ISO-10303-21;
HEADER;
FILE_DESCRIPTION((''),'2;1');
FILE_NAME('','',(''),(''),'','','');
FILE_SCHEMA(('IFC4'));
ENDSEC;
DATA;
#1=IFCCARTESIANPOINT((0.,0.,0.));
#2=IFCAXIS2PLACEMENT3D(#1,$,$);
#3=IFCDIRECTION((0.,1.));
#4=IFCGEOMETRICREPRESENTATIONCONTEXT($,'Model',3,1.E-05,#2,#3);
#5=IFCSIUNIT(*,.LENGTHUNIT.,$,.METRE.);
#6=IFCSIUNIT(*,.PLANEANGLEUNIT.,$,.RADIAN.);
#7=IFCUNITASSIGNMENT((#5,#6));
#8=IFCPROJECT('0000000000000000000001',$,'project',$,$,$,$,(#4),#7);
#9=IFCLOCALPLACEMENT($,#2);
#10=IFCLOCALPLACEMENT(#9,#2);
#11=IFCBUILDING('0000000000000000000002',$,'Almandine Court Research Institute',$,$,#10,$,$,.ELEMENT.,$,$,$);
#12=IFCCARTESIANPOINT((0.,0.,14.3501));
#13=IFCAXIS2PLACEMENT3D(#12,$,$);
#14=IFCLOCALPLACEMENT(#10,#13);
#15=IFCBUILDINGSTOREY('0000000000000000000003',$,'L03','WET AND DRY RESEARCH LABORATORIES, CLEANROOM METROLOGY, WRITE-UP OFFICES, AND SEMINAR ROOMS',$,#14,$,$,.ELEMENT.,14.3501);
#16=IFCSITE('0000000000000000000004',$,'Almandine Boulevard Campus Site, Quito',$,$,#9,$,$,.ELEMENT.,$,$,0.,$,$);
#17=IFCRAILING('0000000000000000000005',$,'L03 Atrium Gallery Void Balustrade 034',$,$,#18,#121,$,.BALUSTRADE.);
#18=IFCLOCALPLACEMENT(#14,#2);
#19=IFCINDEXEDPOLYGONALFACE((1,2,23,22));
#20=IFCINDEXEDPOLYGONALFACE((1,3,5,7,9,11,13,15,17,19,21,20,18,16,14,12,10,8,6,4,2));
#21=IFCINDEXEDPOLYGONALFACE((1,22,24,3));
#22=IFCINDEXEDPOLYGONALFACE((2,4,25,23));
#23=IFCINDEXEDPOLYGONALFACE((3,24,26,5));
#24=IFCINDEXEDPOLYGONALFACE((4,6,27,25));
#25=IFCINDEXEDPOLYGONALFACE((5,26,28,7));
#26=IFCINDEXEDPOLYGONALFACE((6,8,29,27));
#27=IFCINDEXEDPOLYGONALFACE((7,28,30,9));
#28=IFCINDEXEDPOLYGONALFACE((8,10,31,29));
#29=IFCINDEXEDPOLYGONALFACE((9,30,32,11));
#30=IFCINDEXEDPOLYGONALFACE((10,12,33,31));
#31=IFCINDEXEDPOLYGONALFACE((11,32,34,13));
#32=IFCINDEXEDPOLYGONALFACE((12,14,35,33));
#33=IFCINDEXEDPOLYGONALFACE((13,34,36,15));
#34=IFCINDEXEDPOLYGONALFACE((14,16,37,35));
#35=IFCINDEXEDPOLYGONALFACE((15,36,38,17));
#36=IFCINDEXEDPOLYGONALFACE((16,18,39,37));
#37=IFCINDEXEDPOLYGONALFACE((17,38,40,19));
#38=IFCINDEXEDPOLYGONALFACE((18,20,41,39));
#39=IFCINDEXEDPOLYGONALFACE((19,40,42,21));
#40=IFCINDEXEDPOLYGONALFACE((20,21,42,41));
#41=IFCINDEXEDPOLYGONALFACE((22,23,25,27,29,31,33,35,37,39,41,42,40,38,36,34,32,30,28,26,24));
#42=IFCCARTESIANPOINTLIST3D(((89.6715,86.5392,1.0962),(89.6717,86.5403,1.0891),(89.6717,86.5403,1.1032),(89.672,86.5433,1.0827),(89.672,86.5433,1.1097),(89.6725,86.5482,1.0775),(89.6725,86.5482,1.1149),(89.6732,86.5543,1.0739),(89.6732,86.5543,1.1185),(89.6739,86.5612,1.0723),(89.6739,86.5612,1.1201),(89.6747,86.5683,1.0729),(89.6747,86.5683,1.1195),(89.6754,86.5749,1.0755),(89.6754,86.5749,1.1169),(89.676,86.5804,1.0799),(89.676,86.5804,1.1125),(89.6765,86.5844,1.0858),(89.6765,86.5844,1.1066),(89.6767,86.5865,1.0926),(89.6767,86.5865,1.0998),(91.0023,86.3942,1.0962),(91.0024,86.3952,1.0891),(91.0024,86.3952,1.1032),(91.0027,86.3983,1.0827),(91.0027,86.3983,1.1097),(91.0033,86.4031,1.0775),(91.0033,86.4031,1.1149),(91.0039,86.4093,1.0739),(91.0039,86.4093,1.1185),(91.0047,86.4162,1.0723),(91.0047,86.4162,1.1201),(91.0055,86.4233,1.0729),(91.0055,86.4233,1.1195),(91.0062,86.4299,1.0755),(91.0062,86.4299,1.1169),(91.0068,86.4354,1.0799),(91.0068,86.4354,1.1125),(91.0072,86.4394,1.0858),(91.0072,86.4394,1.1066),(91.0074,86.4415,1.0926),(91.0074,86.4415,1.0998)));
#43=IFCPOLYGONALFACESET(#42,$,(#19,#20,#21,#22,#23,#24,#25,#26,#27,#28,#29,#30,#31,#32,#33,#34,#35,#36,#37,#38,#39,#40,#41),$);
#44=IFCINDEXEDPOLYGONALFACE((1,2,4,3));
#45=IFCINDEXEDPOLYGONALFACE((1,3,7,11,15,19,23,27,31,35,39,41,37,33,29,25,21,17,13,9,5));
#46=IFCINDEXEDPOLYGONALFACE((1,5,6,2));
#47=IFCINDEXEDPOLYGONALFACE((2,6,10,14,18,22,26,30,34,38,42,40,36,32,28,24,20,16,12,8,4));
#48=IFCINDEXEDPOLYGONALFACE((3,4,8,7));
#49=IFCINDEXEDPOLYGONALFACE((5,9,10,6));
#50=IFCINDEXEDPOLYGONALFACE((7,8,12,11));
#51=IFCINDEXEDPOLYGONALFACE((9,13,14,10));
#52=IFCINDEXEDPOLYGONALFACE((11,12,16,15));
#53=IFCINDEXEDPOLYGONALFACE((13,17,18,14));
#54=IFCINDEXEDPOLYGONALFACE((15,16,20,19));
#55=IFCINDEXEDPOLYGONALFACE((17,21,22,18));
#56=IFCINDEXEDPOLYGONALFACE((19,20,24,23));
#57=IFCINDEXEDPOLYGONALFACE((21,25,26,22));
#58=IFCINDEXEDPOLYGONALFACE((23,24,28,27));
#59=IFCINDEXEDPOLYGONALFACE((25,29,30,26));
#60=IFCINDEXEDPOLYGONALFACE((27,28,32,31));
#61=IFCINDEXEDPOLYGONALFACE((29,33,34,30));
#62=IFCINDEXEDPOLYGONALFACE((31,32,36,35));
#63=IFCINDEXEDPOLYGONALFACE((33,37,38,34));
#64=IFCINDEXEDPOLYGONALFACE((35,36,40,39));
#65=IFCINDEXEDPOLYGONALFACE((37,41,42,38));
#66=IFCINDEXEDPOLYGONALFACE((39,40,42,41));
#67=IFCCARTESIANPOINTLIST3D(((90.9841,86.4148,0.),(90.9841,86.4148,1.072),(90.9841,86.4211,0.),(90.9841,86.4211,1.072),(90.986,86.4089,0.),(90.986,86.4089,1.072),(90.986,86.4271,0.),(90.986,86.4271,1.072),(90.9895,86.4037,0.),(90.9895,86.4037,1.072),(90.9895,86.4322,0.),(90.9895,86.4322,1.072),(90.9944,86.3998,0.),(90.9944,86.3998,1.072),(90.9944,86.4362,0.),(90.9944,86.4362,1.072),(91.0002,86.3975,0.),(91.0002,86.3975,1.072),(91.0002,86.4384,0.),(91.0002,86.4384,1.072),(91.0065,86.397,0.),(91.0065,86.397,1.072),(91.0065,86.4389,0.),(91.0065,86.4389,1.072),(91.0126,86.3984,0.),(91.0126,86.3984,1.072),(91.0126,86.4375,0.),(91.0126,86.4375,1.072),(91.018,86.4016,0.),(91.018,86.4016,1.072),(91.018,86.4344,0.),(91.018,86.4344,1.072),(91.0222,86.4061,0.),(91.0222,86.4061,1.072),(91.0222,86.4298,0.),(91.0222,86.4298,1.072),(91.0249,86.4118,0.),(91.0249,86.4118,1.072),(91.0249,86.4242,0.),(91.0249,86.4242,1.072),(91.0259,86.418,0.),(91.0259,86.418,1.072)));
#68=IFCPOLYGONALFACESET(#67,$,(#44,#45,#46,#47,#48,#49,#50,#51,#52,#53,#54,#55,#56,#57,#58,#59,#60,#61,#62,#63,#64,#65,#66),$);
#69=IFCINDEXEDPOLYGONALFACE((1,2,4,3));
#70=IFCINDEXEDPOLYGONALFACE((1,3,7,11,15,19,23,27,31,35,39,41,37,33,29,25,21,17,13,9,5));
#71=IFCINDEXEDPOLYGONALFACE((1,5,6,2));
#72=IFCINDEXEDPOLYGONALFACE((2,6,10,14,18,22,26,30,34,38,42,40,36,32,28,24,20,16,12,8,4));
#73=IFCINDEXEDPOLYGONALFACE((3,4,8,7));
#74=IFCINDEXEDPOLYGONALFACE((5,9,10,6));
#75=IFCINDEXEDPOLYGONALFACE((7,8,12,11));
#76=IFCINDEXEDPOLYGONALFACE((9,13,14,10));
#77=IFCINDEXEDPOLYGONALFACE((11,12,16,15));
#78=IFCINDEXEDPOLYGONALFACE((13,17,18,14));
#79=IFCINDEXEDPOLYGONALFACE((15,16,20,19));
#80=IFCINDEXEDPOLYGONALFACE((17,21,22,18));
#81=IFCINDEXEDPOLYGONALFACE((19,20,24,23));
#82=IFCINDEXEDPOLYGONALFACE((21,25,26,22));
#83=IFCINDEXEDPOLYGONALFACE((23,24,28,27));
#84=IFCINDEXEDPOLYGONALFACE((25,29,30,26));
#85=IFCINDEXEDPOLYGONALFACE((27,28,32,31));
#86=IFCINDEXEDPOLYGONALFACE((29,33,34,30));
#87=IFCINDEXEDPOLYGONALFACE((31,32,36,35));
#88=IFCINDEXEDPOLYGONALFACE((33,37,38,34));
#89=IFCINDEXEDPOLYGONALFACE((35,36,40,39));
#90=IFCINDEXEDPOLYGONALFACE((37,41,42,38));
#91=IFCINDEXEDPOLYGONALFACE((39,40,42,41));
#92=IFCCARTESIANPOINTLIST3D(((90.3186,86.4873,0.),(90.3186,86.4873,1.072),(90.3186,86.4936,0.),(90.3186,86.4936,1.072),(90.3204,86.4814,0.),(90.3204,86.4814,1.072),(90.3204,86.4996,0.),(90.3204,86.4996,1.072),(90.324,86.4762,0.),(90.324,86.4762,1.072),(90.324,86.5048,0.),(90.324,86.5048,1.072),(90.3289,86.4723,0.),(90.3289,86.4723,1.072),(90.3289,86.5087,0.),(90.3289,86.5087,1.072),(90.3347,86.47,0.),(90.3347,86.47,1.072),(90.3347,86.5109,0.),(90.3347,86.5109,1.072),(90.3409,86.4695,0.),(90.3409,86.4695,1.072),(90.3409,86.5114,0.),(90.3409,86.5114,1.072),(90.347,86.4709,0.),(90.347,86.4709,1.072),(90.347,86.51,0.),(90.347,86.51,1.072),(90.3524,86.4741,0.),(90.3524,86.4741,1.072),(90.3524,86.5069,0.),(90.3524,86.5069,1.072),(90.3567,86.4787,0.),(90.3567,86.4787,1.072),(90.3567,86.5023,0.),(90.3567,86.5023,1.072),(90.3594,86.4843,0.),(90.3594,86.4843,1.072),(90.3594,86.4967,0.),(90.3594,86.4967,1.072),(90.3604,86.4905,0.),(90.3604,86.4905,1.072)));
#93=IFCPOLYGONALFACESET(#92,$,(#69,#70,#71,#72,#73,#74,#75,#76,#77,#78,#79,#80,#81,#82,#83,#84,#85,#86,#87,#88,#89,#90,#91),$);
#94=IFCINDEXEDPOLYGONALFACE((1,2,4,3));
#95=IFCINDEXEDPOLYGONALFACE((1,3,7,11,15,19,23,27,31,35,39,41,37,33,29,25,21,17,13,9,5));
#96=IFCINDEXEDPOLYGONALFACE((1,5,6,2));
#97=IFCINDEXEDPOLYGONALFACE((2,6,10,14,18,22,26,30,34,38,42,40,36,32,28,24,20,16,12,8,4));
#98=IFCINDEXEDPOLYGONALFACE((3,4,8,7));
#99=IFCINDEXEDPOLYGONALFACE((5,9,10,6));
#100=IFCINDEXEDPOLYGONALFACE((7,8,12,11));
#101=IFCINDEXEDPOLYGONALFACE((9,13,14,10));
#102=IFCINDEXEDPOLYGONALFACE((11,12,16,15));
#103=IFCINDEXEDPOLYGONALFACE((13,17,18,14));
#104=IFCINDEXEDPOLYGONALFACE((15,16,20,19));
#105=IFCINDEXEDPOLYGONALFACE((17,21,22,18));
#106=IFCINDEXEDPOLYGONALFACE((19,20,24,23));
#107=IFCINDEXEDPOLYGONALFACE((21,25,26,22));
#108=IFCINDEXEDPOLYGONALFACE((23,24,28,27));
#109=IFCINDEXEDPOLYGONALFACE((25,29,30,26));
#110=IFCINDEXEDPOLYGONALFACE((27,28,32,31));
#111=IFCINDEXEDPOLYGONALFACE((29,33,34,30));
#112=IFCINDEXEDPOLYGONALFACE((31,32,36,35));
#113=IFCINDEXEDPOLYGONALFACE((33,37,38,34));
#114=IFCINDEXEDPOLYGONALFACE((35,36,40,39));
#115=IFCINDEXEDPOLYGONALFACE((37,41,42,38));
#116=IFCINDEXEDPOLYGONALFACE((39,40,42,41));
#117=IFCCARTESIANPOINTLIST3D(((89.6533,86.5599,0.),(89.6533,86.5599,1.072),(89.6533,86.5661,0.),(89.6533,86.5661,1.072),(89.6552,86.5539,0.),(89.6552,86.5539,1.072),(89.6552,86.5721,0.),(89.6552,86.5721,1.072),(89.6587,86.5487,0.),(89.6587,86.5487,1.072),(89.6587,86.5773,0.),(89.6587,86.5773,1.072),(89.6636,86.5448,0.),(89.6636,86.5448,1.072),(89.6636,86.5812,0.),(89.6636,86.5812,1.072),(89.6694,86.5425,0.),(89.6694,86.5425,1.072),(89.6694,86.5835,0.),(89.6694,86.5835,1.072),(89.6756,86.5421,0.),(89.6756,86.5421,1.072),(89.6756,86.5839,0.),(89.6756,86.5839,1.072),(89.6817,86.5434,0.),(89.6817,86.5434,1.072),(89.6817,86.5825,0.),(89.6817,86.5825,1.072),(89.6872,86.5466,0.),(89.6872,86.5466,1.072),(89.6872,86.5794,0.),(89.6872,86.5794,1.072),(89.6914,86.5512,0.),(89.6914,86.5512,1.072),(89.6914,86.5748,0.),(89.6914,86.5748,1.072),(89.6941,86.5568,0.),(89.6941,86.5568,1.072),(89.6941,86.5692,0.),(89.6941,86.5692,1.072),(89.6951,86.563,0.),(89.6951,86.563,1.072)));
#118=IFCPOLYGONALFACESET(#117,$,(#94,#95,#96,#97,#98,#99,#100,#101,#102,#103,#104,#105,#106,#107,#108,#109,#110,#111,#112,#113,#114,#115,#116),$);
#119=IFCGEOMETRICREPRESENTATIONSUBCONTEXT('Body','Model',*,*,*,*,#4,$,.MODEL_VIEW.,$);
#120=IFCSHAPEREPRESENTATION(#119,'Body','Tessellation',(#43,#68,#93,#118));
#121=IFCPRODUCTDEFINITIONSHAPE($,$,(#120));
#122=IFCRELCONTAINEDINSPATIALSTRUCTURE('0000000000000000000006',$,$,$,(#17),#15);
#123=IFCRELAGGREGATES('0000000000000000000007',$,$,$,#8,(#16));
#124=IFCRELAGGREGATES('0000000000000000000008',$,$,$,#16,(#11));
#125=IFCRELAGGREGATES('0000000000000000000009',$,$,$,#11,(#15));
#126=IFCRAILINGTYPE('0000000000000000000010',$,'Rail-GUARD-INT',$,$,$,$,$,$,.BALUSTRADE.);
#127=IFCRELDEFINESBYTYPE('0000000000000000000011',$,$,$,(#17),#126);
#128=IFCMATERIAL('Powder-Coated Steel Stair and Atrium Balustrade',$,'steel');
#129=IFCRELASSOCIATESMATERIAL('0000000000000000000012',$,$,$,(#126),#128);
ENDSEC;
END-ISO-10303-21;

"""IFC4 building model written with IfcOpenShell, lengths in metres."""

from ifc_helpers import new_model, si_unit, direction, frame, origin, origin_2d, place, context, subcontext, project, spatial, circle, extrude, material, type_object, element, save


model = new_model("IFC4")

# Units and contexts
model_context = context("Model", 3, precision=1e-05, world=origin(), true_north=direction((0.0, 1.0)))
body_context = subcontext(model_context, "Body", "Model", "MODEL_VIEW")
ifc_project = project(units=[si_unit("LENGTHUNIT", "METRE"), si_unit("PLANEANGLEUNIT", "RADIAN")], contexts=[model_context])

# Site, building, storey
site_placement = place(None, origin())
site = spatial("IfcSite", under=ifc_project, at=site_placement, Name="Almandine Boulevard Campus Site, Quito", CompositionType="ELEMENT", RefElevation=0.0)
building_placement = place(site_placement, origin())
building = spatial("IfcBuilding", under=site, at=building_placement, Name="Almandine Court Research Institute", CompositionType="ELEMENT")
storey_placement = place(building_placement, frame((0.0, 0.0, 14.3501)))
storey = spatial("IfcBuildingStorey", under=building, at=storey_placement, Name="L03", Description="WET AND DRY RESEARCH LABORATORIES, CLEANROOM METROLOGY, WRITE-UP OFFICES, AND SEMINAR ROOMS", CompositionType="ELEMENT", Elevation=14.3501)

# Railing
ifc_material_1 = material(Name="Powder-Coated Steel Stair and Atrium Balustrade", Category="steel")
railing_type = type_object("IfcRailingType", Name="Rail-GUARD-INT", PredefinedType="BALUSTRADE", material=ifc_material_1)
railing_1_placement = place(storey_placement, frame((91.0049, 86.418, 0.0)))
element("IfcRailing", 1, at=railing_1_placement, inside=storey, type_object=railing_type, Name="L03 Atrium Gallery Void Balustrade 034", PredefinedType="BALUSTRADE", context=body_context, shape_type="SweptSolid", body=[
    extrude(circle(Radius=0.0239, at=origin_2d()), frame((0.0, 0.0, 1.0962), z_axis=(-0.994115, 0.10833, 0.0), x_axis=(-0.10833, -0.994115, 0.0)), (0.0, 0.0, 1.0), 1.3386),
    extrude(circle(Radius=0.021, at=origin_2d()), origin(), (0.0, 0.0, 1.0), 1.072),
    extrude(circle(Radius=0.021, at=origin_2d()), frame((-0.6655, 0.0725, 0.0)), (0.0, 0.0, 1.0), 1.072),
    extrude(circle(Radius=0.021, at=origin_2d()), frame((-1.3308, 0.145, 0.0)), (0.0, 0.0, 1.0), 1.072),
])

save(model, "model.ifc")
